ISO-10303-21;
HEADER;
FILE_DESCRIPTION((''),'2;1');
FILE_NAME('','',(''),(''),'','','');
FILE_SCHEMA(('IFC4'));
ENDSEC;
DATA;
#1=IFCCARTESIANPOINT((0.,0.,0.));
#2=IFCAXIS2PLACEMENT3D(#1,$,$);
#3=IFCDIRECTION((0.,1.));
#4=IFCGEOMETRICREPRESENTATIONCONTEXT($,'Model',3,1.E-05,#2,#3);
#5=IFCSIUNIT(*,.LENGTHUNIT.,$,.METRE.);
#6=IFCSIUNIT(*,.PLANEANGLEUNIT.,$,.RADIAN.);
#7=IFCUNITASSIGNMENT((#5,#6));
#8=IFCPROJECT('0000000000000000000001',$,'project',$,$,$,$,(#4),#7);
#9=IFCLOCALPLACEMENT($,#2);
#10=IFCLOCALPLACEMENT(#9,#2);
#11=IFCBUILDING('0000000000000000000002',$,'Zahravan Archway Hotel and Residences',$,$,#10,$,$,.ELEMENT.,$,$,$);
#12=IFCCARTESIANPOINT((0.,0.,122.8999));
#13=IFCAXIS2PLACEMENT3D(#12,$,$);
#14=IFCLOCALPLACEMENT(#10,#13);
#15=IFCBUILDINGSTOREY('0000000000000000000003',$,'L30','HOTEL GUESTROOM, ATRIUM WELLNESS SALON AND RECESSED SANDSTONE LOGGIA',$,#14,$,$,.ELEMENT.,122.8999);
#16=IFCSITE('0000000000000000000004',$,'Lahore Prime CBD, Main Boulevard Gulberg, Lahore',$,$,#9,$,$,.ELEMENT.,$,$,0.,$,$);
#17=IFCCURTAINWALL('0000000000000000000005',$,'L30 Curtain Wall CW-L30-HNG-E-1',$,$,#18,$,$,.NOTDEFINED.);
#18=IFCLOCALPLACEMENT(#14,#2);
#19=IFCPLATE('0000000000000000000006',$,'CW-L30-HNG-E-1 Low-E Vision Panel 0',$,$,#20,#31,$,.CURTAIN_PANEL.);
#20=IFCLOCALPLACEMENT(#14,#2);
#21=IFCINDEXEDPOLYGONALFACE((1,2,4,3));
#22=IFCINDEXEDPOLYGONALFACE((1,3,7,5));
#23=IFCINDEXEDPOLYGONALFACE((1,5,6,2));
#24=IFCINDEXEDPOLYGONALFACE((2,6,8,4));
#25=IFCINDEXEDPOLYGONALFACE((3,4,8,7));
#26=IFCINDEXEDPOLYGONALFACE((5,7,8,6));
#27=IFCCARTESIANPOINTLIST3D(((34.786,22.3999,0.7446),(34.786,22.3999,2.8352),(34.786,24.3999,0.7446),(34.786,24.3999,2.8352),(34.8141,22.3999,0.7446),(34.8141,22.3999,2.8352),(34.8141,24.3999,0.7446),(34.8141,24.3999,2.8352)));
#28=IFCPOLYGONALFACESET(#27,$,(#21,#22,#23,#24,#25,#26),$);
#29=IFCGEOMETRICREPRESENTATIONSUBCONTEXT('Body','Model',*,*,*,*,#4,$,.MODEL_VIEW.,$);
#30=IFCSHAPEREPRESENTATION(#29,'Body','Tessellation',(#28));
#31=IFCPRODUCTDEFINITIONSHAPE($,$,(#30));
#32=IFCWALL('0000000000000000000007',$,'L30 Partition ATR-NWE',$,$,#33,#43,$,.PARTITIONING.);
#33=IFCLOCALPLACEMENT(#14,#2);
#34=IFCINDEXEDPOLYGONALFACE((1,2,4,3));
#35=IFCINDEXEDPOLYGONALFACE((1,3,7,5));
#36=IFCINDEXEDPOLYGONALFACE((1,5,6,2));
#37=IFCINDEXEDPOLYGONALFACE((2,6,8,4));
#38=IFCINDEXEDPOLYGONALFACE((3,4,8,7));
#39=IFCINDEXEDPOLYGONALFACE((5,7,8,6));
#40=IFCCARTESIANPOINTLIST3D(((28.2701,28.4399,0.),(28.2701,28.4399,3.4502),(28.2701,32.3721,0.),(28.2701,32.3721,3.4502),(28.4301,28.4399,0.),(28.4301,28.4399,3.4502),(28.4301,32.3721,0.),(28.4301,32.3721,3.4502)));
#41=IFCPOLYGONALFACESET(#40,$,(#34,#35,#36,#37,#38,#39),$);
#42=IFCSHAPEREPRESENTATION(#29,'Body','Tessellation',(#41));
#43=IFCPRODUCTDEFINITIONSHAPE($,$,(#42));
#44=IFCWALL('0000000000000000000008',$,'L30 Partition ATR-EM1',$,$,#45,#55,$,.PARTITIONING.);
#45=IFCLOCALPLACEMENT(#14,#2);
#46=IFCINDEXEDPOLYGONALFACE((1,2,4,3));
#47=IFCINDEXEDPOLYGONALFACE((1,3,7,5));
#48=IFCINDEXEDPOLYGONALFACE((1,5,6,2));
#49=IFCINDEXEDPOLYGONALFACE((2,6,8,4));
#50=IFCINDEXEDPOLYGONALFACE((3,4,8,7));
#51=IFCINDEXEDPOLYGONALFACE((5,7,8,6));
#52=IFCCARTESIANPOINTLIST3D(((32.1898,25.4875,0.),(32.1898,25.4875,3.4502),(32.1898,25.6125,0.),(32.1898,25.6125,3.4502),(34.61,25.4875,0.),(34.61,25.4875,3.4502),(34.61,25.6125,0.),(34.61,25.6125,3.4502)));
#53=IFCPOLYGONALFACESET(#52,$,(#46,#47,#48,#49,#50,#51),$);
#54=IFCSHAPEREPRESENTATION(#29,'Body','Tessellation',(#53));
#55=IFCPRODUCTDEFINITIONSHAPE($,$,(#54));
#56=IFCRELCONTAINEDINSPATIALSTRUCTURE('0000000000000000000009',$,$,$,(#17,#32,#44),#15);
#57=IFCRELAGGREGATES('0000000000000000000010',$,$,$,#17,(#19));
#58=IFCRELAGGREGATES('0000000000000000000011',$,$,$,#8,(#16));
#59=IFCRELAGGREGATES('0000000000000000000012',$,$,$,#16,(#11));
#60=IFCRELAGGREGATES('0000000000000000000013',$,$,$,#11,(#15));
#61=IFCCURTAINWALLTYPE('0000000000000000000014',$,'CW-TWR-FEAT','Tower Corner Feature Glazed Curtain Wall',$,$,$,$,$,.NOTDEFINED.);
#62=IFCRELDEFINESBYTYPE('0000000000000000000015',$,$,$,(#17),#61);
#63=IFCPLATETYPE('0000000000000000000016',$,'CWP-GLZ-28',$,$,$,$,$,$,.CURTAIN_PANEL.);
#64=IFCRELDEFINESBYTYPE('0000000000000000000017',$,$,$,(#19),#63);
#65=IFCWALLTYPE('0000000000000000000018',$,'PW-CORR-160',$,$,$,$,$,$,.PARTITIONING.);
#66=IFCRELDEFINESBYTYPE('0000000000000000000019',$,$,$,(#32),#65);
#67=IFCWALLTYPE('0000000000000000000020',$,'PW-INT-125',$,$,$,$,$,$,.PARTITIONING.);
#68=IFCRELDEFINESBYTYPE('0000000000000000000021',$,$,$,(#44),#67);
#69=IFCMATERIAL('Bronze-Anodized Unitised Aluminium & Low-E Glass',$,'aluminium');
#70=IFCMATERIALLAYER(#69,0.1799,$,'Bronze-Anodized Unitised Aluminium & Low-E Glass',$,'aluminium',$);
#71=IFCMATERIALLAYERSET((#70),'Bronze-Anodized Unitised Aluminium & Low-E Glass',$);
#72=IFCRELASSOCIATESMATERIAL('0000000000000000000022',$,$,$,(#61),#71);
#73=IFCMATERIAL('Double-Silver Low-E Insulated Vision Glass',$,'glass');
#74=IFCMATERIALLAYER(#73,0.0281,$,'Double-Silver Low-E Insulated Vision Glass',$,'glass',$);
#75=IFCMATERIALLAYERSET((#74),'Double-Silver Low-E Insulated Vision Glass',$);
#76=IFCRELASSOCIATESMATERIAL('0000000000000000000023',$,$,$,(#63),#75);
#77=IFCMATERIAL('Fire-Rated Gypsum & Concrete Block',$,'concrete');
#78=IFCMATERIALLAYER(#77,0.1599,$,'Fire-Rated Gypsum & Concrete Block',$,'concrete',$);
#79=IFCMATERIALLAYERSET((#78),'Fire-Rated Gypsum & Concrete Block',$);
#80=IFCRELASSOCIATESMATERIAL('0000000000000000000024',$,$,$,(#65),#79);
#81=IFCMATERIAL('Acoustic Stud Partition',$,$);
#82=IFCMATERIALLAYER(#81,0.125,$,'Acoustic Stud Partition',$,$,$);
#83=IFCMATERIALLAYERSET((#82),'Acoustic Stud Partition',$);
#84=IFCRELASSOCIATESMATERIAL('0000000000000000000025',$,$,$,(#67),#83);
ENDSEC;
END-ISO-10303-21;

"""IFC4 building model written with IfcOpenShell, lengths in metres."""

from ifc_helpers import new_model, si_unit, direction, frame, frame_2d, origin, origin_2d, place, context, subcontext, project, spatial, rectangle, extrude, source, transform, mapped, material, layer, layer_set, type_object, element, aggregate, save


model = new_model("IFC4")

# Units and contexts
model_context = context("Model", 3, precision=1e-05, world=origin(), true_north=direction((0.0, 1.0)))
body_context = subcontext(model_context, "Body", "Model", "MODEL_VIEW")
ifc_project = project(units=[si_unit("LENGTHUNIT", "METRE"), si_unit("PLANEANGLEUNIT", "RADIAN")], contexts=[model_context])

# Site, building, storey
site_placement = place(None, origin())
site = spatial("IfcSite", under=ifc_project, at=site_placement, Name="Lahore Prime CBD, Main Boulevard Gulberg, Lahore", CompositionType="ELEMENT", RefElevation=0.0)
building_placement = place(site_placement, origin())
building = spatial("IfcBuilding", under=site, at=building_placement, Name="Zahravan Archway Hotel and Residences", CompositionType="ELEMENT")
storey_placement = place(building_placement, frame((0.0, 0.0, 122.8999)))
storey = spatial("IfcBuildingStorey", under=building, at=storey_placement, Name="L30", Description="HOTEL GUESTROOM, ATRIUM WELLNESS SALON AND RECESSED SANDSTONE LOGGIA", CompositionType="ELEMENT", Elevation=122.8999)

# Curtain wall
ifc_material_1 = material(Name="Bronze-Anodized Unitised Aluminium & Low-E Glass", Category="aluminium")
ifc_layer_1 = layer(ifc_material_1, 0.1799, Name="Bronze-Anodized Unitised Aluminium & Low-E Glass", Category="aluminium")
ifc_layer_set_1 = layer_set([ifc_layer_1], Name="Bronze-Anodized Unitised Aluminium & Low-E Glass")
curtain_wall_type_1 = type_object("IfcCurtainWallType", Name="CW-TWR-FEAT", Description="Tower Corner Feature Glazed Curtain Wall", PredefinedType="NOTDEFINED", material=ifc_layer_set_1)
curtain_wall_1_placement = place(storey_placement, origin())
curtain_wall_1 = element("IfcCurtainWall", 1, at=curtain_wall_1_placement, inside=storey, type_object=curtain_wall_type_1, Name="L30 Curtain Wall CW-L30-HNG-E-1", PredefinedType="NOTDEFINED")

# Plate
ifc_material_2 = material(Name="Double-Silver Low-E Insulated Vision Glass", Category="glass")
ifc_layer_2 = layer(ifc_material_2, 0.0281, Name="Double-Silver Low-E Insulated Vision Glass", Category="glass")
ifc_layer_set_2 = layer_set([ifc_layer_2], Name="Double-Silver Low-E Insulated Vision Glass")
plate_type_1 = type_object("IfcPlateType", Name="CWP-GLZ-28", PredefinedType="CURTAIN_PANEL", material=ifc_layer_set_2)
shared_shape_1 = source(origin(), body_context, "Body", "SweptSolid", [
    extrude(rectangle(XDim=2.0, YDim=0.0281, at=origin_2d()), origin(), (0.0, 0.0, 1.0), 2.0906),
])
plate_1_placement = place(storey_placement, frame((34.8, 23.3999, 0.7446), z_axis=(0.0, 0.0, 1.0), x_axis=(0.0, 1.0, 0.0)))
plate_1 = element("IfcPlate", 2, at=plate_1_placement, type_object=plate_type_1, Name="CW-L30-HNG-E-1 Low-E Vision Panel 0", PredefinedType="CURTAIN_PANEL", context=body_context, shape_type="MappedRepresentation", body=[
    mapped(shared_shape_1, transform((0.0, 0.0, 0.0), scale=1.0)),
])
aggregate(curtain_wall_1, [plate_1])

# Walls
ifc_material_3 = material(Name="Fire-Rated Gypsum & Concrete Block", Category="concrete")
ifc_layer_3 = layer(ifc_material_3, 0.1599, Name="Fire-Rated Gypsum & Concrete Block", Category="concrete")
ifc_layer_set_3 = layer_set([ifc_layer_3], Name="Fire-Rated Gypsum & Concrete Block")
wall_type_1 = type_object("IfcWallType", Name="PW-CORR-160", PredefinedType="PARTITIONING", material=ifc_layer_set_3)
wall_1_placement = place(storey_placement, frame((28.3501, 28.4399, 0.0), z_axis=(0.0, 0.0, 1.0), x_axis=(0.0, 1.0, 0.0)))
element("IfcWall", 3, at=wall_1_placement, inside=storey, type_object=wall_type_1, Name="L30 Partition ATR-NWE", PredefinedType="PARTITIONING", context=body_context, shape_type="SweptSolid", body=[
    extrude(rectangle(XDim=3.9321, YDim=0.1599, at=frame_2d((1.9661, 0.0))), origin(), (0.0, 0.0, 1.0), 3.4502),
])
ifc_material_4 = material(Name="Acoustic Stud Partition")
ifc_layer_4 = layer(ifc_material_4, 0.125, Name="Acoustic Stud Partition")
ifc_layer_set_4 = layer_set([ifc_layer_4], Name="Acoustic Stud Partition")
wall_type_2 = type_object("IfcWallType", Name="PW-INT-125", PredefinedType="PARTITIONING", material=ifc_layer_set_4)
wall_2_placement = place(storey_placement, frame((32.1899, 25.55, 0.0), z_axis=(0.0, 0.0, 1.0), x_axis=(1.0, 0.0, 0.0)))
element("IfcWall", 4, at=wall_2_placement, inside=storey, type_object=wall_type_2, Name="L30 Partition ATR-EM1", PredefinedType="PARTITIONING", context=body_context, shape_type="SweptSolid", body=[
    extrude(rectangle(XDim=2.4202, YDim=0.125, at=frame_2d((1.21, 0.0))), origin(), (0.0, 0.0, 1.0), 3.4502),
])

save(model, "model.ifc")
